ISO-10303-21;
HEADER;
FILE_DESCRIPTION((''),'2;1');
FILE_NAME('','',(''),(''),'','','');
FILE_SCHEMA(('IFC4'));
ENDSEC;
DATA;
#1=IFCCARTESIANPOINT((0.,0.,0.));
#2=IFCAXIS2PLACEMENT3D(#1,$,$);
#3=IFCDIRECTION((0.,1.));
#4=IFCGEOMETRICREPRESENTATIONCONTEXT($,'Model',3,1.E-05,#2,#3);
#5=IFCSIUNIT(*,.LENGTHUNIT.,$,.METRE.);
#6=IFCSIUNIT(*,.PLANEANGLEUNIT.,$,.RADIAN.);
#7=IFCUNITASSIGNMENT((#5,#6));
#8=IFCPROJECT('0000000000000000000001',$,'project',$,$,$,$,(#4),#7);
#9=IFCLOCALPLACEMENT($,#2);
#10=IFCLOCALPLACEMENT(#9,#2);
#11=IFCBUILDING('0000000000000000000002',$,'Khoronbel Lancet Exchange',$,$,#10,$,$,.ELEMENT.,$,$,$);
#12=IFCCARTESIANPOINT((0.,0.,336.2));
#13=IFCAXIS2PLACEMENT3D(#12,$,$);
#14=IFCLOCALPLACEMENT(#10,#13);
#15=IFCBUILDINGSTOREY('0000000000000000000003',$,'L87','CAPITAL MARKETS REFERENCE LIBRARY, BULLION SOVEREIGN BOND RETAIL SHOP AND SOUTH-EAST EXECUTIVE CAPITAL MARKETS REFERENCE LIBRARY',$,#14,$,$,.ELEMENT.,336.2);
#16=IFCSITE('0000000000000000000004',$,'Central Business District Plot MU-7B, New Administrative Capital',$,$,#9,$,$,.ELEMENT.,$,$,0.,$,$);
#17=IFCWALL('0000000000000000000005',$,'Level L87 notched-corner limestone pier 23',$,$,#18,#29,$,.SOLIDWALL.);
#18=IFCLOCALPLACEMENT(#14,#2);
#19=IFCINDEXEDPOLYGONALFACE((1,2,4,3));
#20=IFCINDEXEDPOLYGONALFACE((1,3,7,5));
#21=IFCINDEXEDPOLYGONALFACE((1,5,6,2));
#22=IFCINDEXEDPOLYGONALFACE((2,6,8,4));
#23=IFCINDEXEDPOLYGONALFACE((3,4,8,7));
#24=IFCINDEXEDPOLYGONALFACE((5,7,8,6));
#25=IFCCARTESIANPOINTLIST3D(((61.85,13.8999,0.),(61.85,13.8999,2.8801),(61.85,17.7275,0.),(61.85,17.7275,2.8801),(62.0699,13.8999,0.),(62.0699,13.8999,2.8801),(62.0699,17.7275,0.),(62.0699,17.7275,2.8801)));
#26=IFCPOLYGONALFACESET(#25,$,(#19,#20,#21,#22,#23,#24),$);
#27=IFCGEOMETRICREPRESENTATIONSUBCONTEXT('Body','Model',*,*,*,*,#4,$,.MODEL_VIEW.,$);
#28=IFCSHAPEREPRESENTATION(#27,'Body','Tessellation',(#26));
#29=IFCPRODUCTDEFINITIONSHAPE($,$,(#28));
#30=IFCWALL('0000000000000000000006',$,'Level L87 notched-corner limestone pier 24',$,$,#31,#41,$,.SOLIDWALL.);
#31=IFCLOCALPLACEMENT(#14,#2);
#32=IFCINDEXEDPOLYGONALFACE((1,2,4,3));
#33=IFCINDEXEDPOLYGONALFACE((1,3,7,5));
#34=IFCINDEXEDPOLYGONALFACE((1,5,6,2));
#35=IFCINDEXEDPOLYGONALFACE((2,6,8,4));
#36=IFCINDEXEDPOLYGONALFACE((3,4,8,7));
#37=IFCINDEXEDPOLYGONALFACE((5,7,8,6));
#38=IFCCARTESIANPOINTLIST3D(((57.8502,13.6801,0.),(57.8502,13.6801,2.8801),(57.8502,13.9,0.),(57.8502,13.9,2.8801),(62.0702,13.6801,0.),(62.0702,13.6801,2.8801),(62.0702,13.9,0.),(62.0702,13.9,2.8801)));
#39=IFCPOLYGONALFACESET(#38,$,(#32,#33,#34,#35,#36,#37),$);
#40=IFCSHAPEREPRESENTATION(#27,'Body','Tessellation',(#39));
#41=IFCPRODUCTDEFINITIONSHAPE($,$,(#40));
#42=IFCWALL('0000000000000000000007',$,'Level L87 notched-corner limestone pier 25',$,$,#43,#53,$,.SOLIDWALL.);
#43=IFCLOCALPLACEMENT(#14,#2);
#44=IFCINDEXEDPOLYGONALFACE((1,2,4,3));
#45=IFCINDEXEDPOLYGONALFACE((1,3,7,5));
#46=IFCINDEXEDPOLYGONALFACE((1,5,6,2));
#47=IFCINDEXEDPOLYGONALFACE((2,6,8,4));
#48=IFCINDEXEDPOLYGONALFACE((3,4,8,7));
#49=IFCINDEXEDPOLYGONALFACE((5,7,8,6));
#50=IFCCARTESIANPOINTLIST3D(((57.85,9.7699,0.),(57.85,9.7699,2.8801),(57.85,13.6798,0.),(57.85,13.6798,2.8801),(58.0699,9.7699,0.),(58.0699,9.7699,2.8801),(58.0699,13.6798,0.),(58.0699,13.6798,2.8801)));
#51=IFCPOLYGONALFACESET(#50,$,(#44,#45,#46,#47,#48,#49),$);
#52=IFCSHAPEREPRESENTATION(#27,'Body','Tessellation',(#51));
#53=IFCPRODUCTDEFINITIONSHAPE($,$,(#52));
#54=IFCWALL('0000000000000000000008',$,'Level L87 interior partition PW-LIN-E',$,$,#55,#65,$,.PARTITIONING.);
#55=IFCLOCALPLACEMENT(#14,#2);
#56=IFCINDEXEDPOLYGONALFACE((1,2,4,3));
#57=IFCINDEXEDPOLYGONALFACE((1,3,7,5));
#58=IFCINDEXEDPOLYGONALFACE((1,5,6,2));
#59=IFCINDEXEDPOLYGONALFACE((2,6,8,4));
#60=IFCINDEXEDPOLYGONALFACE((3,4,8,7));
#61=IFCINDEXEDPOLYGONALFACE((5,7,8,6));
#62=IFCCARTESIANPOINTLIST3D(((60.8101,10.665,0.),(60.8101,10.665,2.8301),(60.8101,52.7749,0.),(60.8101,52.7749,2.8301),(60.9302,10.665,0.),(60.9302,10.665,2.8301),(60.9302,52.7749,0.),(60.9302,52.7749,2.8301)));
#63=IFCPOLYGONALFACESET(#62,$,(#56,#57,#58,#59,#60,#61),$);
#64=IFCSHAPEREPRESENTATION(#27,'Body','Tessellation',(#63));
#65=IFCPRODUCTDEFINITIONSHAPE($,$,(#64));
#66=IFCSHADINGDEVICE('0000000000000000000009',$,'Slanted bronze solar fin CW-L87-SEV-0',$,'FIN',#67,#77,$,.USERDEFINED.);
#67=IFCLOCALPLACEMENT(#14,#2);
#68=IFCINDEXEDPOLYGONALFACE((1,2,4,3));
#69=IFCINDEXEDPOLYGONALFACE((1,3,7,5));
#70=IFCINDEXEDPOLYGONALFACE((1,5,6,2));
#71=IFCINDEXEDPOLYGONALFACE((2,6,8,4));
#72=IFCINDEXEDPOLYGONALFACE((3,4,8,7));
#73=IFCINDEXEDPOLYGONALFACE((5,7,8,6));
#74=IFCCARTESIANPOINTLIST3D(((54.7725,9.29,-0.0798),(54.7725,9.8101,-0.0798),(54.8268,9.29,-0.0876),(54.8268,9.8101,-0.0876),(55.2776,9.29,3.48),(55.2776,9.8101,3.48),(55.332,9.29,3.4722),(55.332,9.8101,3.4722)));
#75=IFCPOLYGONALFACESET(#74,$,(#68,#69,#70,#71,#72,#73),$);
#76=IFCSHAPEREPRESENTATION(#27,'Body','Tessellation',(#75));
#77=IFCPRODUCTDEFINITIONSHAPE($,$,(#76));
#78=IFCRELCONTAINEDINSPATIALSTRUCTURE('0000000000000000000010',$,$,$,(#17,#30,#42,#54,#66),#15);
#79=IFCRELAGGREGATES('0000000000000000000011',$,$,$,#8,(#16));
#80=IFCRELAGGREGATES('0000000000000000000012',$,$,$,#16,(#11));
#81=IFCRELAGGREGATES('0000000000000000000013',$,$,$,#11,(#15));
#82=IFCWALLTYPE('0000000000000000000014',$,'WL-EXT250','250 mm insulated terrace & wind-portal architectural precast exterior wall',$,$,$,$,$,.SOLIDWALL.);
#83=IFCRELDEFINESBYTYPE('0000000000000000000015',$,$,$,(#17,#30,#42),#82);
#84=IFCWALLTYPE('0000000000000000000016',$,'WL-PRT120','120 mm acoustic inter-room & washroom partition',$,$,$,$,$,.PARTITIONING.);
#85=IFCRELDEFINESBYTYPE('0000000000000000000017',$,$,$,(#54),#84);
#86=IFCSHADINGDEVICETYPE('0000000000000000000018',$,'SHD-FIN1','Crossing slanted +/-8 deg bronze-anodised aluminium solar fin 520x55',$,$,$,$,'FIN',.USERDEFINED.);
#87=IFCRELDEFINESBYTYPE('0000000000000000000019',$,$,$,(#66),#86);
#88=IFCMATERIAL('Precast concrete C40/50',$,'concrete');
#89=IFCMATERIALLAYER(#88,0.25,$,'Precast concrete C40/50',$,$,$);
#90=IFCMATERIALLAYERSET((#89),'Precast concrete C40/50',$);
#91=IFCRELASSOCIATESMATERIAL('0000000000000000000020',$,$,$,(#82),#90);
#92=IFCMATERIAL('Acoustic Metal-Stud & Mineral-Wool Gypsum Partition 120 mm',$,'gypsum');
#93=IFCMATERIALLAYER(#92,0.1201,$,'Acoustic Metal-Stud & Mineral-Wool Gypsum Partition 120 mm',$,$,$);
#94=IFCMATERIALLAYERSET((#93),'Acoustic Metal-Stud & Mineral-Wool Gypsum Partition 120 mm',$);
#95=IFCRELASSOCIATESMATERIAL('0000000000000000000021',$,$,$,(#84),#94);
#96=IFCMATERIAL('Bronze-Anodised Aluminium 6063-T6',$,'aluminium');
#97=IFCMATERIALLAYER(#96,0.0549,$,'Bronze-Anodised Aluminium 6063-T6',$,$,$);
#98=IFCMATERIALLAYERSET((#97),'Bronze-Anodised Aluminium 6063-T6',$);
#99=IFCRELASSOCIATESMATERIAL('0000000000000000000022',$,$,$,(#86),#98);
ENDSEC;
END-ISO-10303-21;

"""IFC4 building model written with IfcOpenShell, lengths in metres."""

from ifc_helpers import new_model, si_unit, direction, frame, frame_2d, origin, place, context, subcontext, project, spatial, polyline, rectangle, outline, extrude, material, layer, layer_set, type_object, element, save


model = new_model("IFC4")

# Units and contexts
model_context = context("Model", 3, precision=1e-05, world=origin(), true_north=direction((0.0, 1.0)))
body_context = subcontext(model_context, "Body", "Model", "MODEL_VIEW")
ifc_project = project(units=[si_unit("LENGTHUNIT", "METRE"), si_unit("PLANEANGLEUNIT", "RADIAN")], contexts=[model_context])

# Site, building, storey
site_placement = place(None, origin())
site = spatial("IfcSite", under=ifc_project, at=site_placement, Name="Central Business District Plot MU-7B, New Administrative Capital", CompositionType="ELEMENT", RefElevation=0.0)
building_placement = place(site_placement, origin())
building = spatial("IfcBuilding", under=site, at=building_placement, Name="Khoronbel Lancet Exchange", CompositionType="ELEMENT")
storey_placement = place(building_placement, frame((0.0, 0.0, 336.2)))
storey = spatial("IfcBuildingStorey", under=building, at=storey_placement, Name="L87", Description="CAPITAL MARKETS REFERENCE LIBRARY, BULLION SOVEREIGN BOND RETAIL SHOP AND SOUTH-EAST EXECUTIVE CAPITAL MARKETS REFERENCE LIBRARY", CompositionType="ELEMENT", Elevation=336.2)

# Shared definitions
ifc_material_1 = material(Name="Bronze-Anodised Aluminium 6063-T6", Category="aluminium")

# Walls
ifc_material_2 = material(Name="Precast concrete C40/50", Category="concrete")
ifc_layer_1 = layer(ifc_material_2, 0.25, Name="Precast concrete C40/50")
ifc_layer_set_1 = layer_set([ifc_layer_1], Name="Precast concrete C40/50")
wall_type_1 = type_object("IfcWallType", Name="WL-EXT250", Description="250 mm insulated terrace & wind-portal architectural precast exterior wall", PredefinedType="SOLIDWALL", material=ifc_layer_set_1)
wall_1_placement = place(storey_placement, frame((61.96, 17.7275, 0.0), z_axis=(0.0, 0.0, 1.0), x_axis=(0.0, -1.0, 0.0)))
element("IfcWall", 1, at=wall_1_placement, inside=storey, type_object=wall_type_1, Name="Level L87 notched-corner limestone pier 23", PredefinedType="SOLIDWALL", context=body_context, shape_type="SweptSolid", body=[
    extrude(rectangle(XDim=3.8276, YDim=0.22, at=frame_2d((1.9138, 0.0))), origin(), (0.0, 0.0, 1.0), 2.8801),
])
wall_2_placement = place(storey_placement, frame((62.0701, 13.79, 0.0), z_axis=(0.0, 0.0, 1.0), x_axis=(-1.0, 0.0, 0.0)))
element("IfcWall", 2, at=wall_2_placement, inside=storey, type_object=wall_type_1, Name="Level L87 notched-corner limestone pier 24", PredefinedType="SOLIDWALL", context=body_context, shape_type="SweptSolid", body=[
    extrude(rectangle(XDim=4.22, YDim=0.22, at=frame_2d((2.1099, 0.0))), origin(), (0.0, 0.0, 1.0), 2.8801),
])
wall_3_placement = place(storey_placement, frame((57.96, 13.6799, 0.0), z_axis=(0.0, 0.0, 1.0), x_axis=(0.0, -1.0, 0.0)))
element("IfcWall", 3, at=wall_3_placement, inside=storey, type_object=wall_type_1, Name="Level L87 notched-corner limestone pier 25", PredefinedType="SOLIDWALL", context=body_context, shape_type="SweptSolid", body=[
    extrude(rectangle(XDim=3.9099, YDim=0.22, at=frame_2d((1.9551, 0.0))), origin(), (0.0, 0.0, 1.0), 2.8801),
])
ifc_material_3 = material(Name="Acoustic Metal-Stud & Mineral-Wool Gypsum Partition 120 mm", Category="gypsum")
ifc_layer_2 = layer(ifc_material_3, 0.1201, Name="Acoustic Metal-Stud & Mineral-Wool Gypsum Partition 120 mm")
ifc_layer_set_2 = layer_set([ifc_layer_2], Name="Acoustic Metal-Stud & Mineral-Wool Gypsum Partition 120 mm")
wall_type_2 = type_object("IfcWallType", Name="WL-PRT120", Description="120 mm acoustic inter-room & washroom partition", PredefinedType="PARTITIONING", material=ifc_layer_set_2)
wall_4_placement = place(storey_placement, frame((60.8701, 10.665, 0.0), z_axis=(0.0, 0.0, 1.0), x_axis=(0.0, 1.0, 0.0)))
element("IfcWall", 4, at=wall_4_placement, inside=storey, type_object=wall_type_2, Name="Level L87 interior partition PW-LIN-E", PredefinedType="PARTITIONING", context=body_context, shape_type="SweptSolid", body=[
    extrude(rectangle(XDim=42.1099, YDim=0.1201, at=frame_2d((21.0549, 0.0))), origin(), (0.0, 0.0, 1.0), 2.8301),
])

# Shading device
ifc_layer_3 = layer(ifc_material_1, 0.0549, Name="Bronze-Anodised Aluminium 6063-T6")
ifc_layer_set_3 = layer_set([ifc_layer_3], Name="Bronze-Anodised Aluminium 6063-T6")
shading_device_type = type_object("IfcShadingDeviceType", Name="SHD-FIN1", Description="Crossing slanted +/-8 deg bronze-anodised aluminium solar fin 520x55", ElementType="FIN", PredefinedType="USERDEFINED", material=ifc_layer_set_3)
shading_device_placement = place(storey_placement, frame((54.7725, 9.8101, -0.0798), z_axis=(-0.990082, 0.0, 0.14049), x_axis=(0.0, -1.0, 0.0)))
element("IfcShadingDevice", 5, at=shading_device_placement, inside=storey, type_object=shading_device_type, Name="Slanted bronze solar fin CW-L87-SEV-0", ObjectType="FIN", PredefinedType="USERDEFINED", context=body_context, shape_type="SweptSolid", body=[
    extrude(outline(polyline([(0.0, 0.0), (0.52, 0.0), (0.52, 3.5955), (0.0, 3.5955), (0.0, 0.0)])), origin(), (0.0, 0.0, -1.0), 0.0549),
])

save(model, "model.ifc")
